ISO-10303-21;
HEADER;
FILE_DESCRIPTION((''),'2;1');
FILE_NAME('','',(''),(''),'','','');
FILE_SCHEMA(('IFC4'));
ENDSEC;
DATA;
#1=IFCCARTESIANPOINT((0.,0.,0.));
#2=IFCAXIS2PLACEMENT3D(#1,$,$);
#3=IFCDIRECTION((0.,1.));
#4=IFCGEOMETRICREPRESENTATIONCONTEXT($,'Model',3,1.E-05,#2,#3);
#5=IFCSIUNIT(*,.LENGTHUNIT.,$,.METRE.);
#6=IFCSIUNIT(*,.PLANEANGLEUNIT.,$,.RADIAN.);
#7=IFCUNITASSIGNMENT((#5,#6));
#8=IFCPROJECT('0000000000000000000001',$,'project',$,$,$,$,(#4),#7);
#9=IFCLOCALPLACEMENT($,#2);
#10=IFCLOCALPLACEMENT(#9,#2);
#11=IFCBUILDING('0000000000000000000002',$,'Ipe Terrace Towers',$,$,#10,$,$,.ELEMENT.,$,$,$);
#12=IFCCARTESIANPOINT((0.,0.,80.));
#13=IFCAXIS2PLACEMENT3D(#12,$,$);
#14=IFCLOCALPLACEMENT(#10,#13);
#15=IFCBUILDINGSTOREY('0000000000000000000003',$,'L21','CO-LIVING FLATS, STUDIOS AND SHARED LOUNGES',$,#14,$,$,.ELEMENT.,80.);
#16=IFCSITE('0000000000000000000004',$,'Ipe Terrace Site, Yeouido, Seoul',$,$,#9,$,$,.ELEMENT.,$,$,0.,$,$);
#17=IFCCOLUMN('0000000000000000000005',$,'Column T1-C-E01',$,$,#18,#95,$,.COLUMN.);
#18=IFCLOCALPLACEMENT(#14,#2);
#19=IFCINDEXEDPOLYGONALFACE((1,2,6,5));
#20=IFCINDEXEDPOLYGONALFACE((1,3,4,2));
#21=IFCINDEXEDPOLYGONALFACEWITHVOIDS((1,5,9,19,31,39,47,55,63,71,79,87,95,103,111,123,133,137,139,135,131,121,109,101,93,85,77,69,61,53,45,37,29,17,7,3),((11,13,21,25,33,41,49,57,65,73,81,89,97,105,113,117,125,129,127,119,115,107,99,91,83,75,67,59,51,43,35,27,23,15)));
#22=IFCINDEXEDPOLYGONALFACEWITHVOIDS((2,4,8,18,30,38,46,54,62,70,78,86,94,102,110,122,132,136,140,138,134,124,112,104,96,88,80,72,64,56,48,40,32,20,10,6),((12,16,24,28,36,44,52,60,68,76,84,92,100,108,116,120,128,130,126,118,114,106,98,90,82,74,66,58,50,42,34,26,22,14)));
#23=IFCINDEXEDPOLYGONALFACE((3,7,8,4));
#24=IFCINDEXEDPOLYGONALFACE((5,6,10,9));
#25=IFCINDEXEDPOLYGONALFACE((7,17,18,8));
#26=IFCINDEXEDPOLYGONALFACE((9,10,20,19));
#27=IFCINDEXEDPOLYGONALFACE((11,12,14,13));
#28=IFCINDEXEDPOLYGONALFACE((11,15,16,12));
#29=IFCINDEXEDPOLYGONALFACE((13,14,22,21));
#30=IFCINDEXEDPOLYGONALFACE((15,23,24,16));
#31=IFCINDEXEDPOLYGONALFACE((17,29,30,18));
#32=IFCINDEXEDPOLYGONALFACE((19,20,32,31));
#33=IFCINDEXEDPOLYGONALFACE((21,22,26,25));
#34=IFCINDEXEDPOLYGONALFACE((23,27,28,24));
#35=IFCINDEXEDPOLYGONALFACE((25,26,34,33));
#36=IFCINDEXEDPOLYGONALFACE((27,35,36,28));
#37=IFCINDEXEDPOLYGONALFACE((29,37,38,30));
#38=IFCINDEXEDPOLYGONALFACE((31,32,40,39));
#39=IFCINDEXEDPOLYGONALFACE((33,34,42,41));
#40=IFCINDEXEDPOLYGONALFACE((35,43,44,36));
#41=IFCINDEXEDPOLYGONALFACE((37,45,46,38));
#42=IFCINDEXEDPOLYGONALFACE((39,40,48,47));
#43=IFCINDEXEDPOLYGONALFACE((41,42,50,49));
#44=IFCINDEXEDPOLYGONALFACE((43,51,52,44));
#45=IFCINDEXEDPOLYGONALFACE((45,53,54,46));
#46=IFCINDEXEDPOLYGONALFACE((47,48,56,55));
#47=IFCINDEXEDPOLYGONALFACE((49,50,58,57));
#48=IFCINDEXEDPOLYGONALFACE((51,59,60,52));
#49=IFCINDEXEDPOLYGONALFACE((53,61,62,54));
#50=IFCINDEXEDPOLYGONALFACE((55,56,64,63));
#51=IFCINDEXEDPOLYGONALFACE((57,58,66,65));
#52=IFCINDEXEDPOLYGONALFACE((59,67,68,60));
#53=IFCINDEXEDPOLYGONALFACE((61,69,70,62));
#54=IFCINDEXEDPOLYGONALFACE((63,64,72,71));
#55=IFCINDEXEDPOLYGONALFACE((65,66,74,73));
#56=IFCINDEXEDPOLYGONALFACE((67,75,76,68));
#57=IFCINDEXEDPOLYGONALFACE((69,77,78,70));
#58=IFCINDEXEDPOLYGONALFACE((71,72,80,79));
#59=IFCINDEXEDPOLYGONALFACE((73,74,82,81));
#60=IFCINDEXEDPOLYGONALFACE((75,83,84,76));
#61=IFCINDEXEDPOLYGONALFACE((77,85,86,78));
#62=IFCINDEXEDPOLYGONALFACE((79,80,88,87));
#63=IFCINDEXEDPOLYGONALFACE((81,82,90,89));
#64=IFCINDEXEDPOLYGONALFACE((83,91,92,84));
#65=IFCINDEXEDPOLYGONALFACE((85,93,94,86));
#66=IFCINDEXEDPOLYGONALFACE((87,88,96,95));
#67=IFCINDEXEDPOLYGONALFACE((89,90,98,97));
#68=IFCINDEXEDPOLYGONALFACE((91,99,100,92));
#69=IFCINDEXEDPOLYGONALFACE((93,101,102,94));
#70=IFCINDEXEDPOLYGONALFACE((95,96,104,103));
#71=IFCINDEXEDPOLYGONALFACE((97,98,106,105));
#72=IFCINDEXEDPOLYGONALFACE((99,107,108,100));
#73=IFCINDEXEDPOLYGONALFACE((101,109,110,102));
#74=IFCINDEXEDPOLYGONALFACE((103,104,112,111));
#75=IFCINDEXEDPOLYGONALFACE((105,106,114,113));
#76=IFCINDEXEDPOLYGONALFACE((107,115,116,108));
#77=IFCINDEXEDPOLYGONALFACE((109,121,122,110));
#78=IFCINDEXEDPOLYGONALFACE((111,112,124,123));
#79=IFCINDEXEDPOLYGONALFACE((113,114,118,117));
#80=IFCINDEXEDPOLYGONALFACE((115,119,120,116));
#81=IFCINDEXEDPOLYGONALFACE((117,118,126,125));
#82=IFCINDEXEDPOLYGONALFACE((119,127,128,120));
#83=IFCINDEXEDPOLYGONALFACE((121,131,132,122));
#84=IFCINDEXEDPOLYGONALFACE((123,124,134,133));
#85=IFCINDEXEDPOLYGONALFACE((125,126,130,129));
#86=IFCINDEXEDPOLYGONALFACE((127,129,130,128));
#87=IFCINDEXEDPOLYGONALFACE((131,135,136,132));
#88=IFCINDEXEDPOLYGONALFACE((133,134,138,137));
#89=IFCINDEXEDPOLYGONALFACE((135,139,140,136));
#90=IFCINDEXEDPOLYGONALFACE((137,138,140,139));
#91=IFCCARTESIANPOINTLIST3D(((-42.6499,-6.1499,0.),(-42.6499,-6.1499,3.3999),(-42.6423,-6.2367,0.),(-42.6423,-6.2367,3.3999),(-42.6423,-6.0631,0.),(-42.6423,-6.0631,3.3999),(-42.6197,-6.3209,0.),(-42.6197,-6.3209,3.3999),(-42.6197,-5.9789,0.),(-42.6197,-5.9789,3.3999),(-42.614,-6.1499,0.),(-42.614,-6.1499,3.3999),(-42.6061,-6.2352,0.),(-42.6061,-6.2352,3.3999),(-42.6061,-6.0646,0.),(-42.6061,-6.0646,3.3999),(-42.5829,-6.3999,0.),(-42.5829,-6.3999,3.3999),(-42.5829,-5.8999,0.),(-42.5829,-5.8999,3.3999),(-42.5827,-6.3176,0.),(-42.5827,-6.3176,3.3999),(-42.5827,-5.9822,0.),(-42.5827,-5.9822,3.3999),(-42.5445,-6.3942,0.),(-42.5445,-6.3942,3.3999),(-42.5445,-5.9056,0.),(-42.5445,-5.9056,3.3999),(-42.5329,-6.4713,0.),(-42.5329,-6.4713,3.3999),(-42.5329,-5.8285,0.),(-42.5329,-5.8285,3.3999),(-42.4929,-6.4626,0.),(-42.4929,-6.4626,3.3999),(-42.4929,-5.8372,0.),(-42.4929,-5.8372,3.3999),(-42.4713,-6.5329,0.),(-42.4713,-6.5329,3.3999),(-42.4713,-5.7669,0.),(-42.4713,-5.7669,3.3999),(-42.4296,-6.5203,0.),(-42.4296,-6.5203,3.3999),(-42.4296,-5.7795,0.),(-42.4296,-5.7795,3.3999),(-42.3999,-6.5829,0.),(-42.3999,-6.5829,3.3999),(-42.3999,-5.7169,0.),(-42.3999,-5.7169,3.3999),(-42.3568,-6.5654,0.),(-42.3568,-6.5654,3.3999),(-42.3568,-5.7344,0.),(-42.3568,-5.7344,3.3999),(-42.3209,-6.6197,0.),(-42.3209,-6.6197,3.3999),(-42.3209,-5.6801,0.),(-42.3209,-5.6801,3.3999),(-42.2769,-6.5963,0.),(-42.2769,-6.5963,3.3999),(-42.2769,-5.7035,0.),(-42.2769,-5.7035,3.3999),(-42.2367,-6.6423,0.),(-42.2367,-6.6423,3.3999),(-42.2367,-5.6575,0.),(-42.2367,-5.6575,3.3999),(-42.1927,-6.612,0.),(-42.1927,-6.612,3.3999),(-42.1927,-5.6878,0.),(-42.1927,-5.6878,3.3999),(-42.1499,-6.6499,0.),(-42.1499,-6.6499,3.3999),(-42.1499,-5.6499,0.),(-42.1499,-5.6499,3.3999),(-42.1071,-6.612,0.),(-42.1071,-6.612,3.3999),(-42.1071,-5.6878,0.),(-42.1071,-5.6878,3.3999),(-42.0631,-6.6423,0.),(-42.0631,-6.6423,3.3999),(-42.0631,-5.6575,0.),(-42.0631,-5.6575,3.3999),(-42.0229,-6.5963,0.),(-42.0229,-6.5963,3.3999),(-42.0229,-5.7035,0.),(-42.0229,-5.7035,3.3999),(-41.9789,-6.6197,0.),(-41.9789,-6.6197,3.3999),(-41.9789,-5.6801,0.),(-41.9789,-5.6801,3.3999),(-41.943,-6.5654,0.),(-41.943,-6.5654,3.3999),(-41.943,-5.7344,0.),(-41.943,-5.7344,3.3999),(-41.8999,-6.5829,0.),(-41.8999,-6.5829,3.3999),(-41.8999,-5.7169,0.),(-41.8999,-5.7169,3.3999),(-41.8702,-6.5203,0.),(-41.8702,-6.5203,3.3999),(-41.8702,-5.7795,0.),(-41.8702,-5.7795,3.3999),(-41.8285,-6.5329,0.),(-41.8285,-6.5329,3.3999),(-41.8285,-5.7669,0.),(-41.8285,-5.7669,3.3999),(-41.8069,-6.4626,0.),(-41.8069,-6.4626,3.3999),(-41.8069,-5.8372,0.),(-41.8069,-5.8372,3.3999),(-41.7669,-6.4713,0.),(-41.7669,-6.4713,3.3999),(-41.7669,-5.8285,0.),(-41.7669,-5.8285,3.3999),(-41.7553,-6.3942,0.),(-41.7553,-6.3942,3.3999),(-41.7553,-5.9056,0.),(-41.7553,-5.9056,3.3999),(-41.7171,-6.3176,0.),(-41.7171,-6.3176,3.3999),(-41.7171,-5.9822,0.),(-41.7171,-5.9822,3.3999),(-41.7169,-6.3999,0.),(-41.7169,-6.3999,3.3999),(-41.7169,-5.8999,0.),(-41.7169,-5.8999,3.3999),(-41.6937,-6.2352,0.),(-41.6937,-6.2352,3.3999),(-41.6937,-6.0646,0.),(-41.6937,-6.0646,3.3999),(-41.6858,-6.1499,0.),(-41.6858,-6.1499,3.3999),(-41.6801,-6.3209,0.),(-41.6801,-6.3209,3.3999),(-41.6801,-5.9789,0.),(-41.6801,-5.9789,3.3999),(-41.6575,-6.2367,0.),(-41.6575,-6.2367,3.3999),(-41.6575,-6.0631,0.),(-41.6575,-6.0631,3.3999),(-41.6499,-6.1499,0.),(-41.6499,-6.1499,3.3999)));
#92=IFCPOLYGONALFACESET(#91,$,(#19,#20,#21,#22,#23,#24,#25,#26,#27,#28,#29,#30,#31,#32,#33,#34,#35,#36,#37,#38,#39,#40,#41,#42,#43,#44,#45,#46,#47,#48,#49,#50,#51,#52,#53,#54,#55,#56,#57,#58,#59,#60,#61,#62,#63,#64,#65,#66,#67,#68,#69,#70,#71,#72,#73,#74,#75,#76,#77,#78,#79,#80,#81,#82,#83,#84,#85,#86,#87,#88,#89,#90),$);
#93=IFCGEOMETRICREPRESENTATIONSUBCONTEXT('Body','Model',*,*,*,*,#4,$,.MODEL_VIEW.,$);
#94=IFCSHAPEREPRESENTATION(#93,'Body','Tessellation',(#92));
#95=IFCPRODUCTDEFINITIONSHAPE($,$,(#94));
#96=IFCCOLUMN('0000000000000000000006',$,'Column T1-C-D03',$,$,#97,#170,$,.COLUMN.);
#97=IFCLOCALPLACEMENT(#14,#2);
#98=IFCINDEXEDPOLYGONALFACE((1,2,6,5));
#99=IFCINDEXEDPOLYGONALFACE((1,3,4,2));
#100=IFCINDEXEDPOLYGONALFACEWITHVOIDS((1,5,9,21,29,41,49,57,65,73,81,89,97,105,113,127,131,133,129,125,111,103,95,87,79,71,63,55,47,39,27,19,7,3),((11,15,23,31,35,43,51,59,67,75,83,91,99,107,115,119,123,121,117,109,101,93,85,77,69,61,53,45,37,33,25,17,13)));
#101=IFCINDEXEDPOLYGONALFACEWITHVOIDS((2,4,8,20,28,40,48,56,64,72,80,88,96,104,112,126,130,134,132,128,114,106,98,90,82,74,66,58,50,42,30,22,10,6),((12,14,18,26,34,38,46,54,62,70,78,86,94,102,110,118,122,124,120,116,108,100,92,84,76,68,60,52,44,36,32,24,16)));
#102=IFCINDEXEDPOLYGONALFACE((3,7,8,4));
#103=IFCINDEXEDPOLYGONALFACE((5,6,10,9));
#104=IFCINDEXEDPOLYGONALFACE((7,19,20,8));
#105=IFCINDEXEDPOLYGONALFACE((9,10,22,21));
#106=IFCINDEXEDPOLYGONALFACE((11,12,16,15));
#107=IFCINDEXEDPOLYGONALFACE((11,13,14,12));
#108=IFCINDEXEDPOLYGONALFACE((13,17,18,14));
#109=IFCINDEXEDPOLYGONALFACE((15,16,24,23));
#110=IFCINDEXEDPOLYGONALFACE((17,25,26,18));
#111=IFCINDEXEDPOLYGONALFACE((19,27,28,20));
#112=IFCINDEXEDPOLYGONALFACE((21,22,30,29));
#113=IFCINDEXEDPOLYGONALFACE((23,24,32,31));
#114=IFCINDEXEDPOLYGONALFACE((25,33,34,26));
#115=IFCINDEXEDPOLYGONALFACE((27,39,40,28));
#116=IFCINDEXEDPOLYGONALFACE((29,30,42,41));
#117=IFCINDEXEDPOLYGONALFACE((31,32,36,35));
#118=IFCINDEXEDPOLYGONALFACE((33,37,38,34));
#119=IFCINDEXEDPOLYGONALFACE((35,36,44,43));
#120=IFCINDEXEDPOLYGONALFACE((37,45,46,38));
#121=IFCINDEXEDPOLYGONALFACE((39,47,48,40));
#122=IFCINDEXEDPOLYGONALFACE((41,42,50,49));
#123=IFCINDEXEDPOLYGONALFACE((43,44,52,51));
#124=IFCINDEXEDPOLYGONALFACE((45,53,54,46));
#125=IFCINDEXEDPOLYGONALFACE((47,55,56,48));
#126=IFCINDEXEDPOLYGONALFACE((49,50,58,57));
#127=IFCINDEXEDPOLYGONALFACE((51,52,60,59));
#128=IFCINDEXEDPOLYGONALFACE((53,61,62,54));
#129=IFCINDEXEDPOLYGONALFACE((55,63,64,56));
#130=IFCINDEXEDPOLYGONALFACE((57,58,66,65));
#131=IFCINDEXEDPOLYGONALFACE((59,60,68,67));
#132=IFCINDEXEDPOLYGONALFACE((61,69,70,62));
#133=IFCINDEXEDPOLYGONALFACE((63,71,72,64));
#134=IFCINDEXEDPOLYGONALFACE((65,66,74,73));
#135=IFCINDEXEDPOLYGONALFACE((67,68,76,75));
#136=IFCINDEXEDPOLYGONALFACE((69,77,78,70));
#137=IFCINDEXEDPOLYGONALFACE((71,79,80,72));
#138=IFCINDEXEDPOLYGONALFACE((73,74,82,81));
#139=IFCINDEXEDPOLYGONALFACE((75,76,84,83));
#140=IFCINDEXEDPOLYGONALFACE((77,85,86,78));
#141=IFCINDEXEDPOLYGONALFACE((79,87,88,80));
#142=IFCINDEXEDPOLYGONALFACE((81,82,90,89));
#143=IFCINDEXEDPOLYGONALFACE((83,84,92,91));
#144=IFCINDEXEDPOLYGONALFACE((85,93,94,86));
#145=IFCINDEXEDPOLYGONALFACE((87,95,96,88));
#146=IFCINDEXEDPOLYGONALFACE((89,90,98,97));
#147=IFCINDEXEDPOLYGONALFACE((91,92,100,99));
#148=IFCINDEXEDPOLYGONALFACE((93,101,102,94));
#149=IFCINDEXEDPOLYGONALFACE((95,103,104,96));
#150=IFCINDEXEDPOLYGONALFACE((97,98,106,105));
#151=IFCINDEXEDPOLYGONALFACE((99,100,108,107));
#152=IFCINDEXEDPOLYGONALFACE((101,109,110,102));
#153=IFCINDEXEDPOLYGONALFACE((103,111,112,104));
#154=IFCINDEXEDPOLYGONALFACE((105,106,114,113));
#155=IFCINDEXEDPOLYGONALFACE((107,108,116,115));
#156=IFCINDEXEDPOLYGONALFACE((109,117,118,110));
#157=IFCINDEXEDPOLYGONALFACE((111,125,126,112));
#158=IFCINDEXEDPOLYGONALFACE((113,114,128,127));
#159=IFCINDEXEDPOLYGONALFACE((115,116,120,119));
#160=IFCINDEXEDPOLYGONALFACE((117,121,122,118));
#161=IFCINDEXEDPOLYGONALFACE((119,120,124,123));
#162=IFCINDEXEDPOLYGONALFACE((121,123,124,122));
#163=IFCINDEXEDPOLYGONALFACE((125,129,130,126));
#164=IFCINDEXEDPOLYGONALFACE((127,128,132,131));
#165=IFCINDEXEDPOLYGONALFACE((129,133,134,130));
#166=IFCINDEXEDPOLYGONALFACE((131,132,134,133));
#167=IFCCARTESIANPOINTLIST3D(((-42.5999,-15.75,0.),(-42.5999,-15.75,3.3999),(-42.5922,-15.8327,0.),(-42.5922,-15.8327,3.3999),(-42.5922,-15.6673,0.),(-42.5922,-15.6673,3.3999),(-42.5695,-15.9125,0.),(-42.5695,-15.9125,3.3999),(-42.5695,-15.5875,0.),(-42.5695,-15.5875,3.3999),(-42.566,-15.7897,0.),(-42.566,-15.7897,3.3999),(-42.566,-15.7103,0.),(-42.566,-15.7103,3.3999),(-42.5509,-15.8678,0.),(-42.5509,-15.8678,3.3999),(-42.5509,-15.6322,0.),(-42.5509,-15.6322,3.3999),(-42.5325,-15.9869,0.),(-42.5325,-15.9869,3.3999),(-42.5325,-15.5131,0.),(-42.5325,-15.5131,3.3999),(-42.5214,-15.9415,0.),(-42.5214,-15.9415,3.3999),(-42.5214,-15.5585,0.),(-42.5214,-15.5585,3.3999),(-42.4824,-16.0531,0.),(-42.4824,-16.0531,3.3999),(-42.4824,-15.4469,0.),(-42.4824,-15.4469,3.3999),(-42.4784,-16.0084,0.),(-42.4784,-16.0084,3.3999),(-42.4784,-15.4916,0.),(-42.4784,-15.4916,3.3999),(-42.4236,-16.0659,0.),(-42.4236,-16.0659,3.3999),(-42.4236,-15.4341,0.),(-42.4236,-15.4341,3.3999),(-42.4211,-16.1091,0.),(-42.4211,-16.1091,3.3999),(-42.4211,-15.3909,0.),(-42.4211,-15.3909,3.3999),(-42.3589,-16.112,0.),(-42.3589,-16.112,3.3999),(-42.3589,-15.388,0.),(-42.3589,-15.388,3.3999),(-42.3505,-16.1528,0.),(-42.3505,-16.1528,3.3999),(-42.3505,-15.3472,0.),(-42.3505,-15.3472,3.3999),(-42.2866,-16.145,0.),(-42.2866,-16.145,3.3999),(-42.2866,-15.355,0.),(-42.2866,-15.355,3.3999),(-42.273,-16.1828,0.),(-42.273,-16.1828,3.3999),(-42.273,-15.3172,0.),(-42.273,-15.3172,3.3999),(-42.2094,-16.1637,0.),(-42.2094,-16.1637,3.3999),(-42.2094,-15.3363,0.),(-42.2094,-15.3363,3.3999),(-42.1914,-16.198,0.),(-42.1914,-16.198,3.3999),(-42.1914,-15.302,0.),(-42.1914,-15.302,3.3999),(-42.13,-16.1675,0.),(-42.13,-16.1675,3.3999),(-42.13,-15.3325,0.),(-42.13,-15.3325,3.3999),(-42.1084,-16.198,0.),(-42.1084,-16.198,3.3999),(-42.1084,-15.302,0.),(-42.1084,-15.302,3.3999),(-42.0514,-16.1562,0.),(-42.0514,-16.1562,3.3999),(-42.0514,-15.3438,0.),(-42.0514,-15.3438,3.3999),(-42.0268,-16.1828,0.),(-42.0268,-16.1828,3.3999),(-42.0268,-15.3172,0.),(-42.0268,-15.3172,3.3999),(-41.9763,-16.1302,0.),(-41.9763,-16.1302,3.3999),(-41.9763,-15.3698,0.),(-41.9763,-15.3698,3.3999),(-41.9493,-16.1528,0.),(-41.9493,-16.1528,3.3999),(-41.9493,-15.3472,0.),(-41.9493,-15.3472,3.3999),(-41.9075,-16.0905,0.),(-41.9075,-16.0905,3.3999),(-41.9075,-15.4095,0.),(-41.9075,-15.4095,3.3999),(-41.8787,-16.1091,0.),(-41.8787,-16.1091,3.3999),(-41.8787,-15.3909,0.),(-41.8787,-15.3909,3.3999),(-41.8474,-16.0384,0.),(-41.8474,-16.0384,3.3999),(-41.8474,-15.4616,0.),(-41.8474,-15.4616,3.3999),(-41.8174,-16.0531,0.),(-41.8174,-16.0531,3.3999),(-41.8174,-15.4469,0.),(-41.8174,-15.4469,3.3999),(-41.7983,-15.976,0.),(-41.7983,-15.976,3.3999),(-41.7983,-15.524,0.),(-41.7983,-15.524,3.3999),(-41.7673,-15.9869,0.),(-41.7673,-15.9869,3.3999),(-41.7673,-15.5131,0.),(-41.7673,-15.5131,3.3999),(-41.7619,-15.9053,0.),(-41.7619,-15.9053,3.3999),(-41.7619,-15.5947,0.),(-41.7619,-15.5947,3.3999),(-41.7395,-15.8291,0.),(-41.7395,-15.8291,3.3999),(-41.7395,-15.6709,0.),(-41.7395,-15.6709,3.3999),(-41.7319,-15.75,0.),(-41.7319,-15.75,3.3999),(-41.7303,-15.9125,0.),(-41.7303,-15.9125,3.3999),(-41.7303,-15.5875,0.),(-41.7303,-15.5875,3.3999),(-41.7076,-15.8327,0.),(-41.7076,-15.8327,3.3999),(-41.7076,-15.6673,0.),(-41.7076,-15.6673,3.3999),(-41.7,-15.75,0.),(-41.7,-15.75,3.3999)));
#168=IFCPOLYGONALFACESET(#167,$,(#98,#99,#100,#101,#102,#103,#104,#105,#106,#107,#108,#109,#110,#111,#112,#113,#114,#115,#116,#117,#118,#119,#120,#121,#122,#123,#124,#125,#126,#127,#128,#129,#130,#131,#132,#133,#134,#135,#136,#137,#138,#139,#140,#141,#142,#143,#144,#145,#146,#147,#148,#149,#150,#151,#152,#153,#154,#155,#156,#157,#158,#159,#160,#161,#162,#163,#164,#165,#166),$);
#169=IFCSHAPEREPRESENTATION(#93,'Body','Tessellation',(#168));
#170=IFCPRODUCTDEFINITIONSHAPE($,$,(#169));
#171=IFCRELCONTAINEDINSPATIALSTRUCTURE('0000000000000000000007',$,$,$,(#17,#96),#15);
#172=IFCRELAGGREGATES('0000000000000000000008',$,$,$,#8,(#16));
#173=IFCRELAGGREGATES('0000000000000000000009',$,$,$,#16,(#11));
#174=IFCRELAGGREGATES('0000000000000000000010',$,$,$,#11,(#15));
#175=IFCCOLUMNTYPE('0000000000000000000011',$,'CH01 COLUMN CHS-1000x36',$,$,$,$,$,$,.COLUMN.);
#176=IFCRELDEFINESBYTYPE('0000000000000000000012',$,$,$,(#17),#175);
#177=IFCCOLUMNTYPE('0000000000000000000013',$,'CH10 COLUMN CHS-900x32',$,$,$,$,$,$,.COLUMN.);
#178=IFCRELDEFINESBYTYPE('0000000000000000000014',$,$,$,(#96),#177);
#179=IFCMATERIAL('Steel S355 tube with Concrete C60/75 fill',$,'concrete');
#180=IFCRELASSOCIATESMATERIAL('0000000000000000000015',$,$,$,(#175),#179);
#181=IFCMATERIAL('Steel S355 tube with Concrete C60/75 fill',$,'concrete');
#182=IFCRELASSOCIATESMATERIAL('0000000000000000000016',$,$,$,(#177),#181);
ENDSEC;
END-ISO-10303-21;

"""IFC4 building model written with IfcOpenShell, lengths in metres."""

from ifc_helpers import new_model, si_unit, direction, frame, origin, origin_2d, place, context, subcontext, project, spatial, hollow_circle, extrude, material, material_profile, profile_set, type_object, element, save


model = new_model("IFC4")

# Units and contexts
model_context = context("Model", 3, precision=1e-05, world=origin(), true_north=direction((0.0, 1.0)))
body_context = subcontext(model_context, "Body", "Model", "MODEL_VIEW")
ifc_project = project(units=[si_unit("LENGTHUNIT", "METRE"), si_unit("PLANEANGLEUNIT", "RADIAN")], contexts=[model_context])

# Site, building, storey
site_placement = place(None, origin())
site = spatial("IfcSite", under=ifc_project, at=site_placement, Name="Ipe Terrace Site, Yeouido, Seoul", CompositionType="ELEMENT", RefElevation=0.0)
building_placement = place(site_placement, origin())
building = spatial("IfcBuilding", under=site, at=building_placement, Name="Ipe Terrace Towers", CompositionType="ELEMENT")
storey_placement = place(building_placement, frame((0.0, 0.0, 80.0)))
storey = spatial("IfcBuildingStorey", under=building, at=storey_placement, Name="L21", Description="CO-LIVING FLATS, STUDIOS AND SHARED LOUNGES", CompositionType="ELEMENT", Elevation=80.0)

# Columns
ifc_material_1 = material(Name="Steel S355 tube with Concrete C60/75 fill", Category="concrete")
ifc_material_profile_1 = material_profile(ifc_material_1, hollow_circle(Radius=0.5, WallThickness=0.0359, at=origin_2d()), Name="CHS-1000x36")
ifc_profile_set_1 = profile_set([ifc_material_profile_1], Name="Steel S355 tube with Concrete C60/75 fill")
column_type_1 = type_object("IfcColumnType", Name="CH01 COLUMN CHS-1000x36", PredefinedType="COLUMN", material=ifc_profile_set_1)
column_placement = place(storey_placement, frame((-42.1499, -6.1499, 0.0), z_axis=(0.0, 0.0, 1.0), x_axis=(1.0, 0.0, 0.0)))
element("IfcColumn", 1, at=column_placement, inside=storey, type_object=column_type_1, Name="Column T1-C-E01", PredefinedType="COLUMN", context=body_context, shape_type="SweptSolid", body=[
    extrude(hollow_circle(Radius=0.5, WallThickness=0.0359, at=origin_2d()), origin(), (0.0, 0.0, 1.0), 3.3999),
])
ifc_material_2 = material(Name="Steel S355 tube with Concrete C60/75 fill", Category="concrete")
ifc_material_profile_2 = material_profile(ifc_material_2, hollow_circle(Radius=0.45, WallThickness=0.032, at=origin_2d()), Name="CHS-900x32")
ifc_profile_set_2 = profile_set([ifc_material_profile_2], Name="Steel S355 tube with Concrete C60/75 fill")
column_type_2 = type_object("IfcColumnType", Name="CH10 COLUMN CHS-900x32", PredefinedType="COLUMN", material=ifc_profile_set_2)
for number, where, z_axis, x_axis, name in (
    (2, (-42.1499, -15.75, 0.0), (0.0, 0.0, 1.0), (1.0, 0.0, 0.0), "Column T1-C-D03"),
):
    element("IfcColumn", number, at=place(storey_placement, frame(where, z_axis=z_axis, x_axis=x_axis)), inside=storey, type_object=column_type_2, Name=name, PredefinedType="COLUMN", context=body_context, shape_type="SweptSolid", body=[
        extrude(hollow_circle(Radius=0.45, WallThickness=0.032, at=origin_2d()), origin(), (0.0, 0.0, 1.0), 3.3999),
    ])

save(model, "model.ifc")
